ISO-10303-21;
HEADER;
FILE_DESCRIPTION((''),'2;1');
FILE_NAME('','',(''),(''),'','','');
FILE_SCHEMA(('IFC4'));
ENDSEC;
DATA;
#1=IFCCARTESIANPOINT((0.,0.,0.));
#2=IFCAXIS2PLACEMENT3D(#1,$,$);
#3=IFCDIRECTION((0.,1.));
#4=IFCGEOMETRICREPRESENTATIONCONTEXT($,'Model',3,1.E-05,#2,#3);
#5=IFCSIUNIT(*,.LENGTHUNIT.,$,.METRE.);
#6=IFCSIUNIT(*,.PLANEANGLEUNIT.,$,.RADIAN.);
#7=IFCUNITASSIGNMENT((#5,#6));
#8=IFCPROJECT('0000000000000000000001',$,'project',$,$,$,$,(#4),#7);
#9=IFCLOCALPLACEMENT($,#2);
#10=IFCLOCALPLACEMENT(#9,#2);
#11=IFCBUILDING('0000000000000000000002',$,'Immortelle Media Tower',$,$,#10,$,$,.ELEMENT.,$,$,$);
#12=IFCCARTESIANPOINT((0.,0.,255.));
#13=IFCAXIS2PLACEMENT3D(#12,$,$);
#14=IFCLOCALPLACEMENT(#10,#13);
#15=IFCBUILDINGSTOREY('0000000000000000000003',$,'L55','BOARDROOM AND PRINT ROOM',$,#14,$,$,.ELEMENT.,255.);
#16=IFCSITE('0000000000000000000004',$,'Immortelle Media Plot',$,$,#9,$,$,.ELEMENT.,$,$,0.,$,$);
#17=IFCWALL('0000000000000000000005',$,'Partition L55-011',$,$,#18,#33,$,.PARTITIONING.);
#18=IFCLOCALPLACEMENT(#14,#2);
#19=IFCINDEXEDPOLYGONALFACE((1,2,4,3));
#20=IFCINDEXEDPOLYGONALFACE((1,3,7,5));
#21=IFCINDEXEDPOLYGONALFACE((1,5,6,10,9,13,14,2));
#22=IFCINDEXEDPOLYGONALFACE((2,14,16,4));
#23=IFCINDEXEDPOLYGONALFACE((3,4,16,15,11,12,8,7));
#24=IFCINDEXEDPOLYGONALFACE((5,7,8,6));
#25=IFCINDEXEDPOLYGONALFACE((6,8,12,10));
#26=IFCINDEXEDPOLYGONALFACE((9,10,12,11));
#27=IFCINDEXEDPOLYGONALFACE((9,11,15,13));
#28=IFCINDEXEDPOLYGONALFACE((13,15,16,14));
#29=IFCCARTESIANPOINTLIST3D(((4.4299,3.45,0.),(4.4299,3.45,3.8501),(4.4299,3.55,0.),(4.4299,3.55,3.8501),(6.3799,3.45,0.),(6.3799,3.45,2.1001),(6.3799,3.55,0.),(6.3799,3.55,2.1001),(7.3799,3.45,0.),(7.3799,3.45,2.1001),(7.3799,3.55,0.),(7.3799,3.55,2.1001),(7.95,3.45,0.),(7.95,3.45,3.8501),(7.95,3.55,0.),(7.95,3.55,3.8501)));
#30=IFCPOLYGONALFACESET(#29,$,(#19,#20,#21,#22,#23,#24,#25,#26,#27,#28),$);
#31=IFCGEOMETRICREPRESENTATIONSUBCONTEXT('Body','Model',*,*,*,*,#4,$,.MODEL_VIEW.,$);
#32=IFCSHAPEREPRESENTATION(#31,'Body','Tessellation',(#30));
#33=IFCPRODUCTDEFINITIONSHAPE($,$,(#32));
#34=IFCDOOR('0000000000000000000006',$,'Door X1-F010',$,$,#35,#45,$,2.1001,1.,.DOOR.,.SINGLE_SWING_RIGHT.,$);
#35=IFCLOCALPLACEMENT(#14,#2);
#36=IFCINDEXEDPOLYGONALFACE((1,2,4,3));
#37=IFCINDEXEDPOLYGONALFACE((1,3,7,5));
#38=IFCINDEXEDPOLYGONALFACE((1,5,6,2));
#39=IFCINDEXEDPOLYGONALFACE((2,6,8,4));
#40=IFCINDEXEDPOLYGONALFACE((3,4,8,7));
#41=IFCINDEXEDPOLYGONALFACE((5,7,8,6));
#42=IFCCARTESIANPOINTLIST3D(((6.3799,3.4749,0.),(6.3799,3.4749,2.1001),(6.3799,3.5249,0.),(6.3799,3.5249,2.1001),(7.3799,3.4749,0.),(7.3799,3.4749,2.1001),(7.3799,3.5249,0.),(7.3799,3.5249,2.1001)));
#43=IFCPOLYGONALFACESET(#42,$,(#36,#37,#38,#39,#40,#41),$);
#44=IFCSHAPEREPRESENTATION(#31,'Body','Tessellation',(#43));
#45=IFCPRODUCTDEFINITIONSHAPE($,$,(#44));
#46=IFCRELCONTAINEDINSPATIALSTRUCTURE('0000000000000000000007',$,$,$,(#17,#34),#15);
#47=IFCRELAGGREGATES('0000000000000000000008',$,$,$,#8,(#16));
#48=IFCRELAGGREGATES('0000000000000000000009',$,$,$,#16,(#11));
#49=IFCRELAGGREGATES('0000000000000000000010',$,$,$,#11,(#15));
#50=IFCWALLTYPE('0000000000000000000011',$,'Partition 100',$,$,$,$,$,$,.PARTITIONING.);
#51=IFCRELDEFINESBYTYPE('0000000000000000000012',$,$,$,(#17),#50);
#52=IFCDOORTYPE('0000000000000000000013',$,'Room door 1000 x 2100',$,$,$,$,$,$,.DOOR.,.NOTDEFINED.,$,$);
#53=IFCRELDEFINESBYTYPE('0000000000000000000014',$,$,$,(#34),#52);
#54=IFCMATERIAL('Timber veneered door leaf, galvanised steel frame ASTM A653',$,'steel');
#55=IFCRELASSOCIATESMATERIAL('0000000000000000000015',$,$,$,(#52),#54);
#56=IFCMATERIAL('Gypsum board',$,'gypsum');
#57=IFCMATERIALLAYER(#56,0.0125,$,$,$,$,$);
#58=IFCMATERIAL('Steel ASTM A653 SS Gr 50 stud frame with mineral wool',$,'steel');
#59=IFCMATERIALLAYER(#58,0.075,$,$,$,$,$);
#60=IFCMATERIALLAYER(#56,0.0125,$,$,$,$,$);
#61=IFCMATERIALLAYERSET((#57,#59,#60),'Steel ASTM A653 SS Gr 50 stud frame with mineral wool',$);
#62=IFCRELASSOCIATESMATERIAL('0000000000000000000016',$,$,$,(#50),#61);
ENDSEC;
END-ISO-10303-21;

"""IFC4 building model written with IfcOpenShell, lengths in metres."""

from ifc_helpers import new_model, si_unit, direction, frame, frame_2d, origin, place, context, subcontext, project, spatial, rectangle, extrude, material, layer, layer_set, type_object, element, fill, save


model = new_model("IFC4")

# Units and contexts
model_context = context("Model", 3, precision=1e-05, world=origin(), true_north=direction((0.0, 1.0)))
body_context = subcontext(model_context, "Body", "Model", "MODEL_VIEW")
ifc_project = project(units=[si_unit("LENGTHUNIT", "METRE"), si_unit("PLANEANGLEUNIT", "RADIAN")], contexts=[model_context])

# Site, building, storey
site_placement = place(None, origin())
site = spatial("IfcSite", under=ifc_project, at=site_placement, Name="Immortelle Media Plot", CompositionType="ELEMENT", RefElevation=0.0)
building_placement = place(site_placement, origin())
building = spatial("IfcBuilding", under=site, at=building_placement, Name="Immortelle Media Tower", CompositionType="ELEMENT")
storey_placement = place(building_placement, frame((0.0, 0.0, 255.0)))
storey = spatial("IfcBuildingStorey", under=building, at=storey_placement, Name="L55", Description="BOARDROOM AND PRINT ROOM", CompositionType="ELEMENT", Elevation=255.0)

# Shared definitions
ifc_material_1 = material(Name="Steel ASTM A653 SS Gr 50 stud frame with mineral wool", Category="steel")
ifc_material_2 = material(Name="Timber veneered door leaf, galvanised steel frame ASTM A653", Category="steel")
door_type = type_object("IfcDoorType", Name="Room door 1000 x 2100", OperationType="NOTDEFINED", PredefinedType="DOOR", material=ifc_material_2)

# Shared definitions
ifc_material_3 = material(Name="Gypsum board", Category="gypsum")
ifc_layer_1 = layer(ifc_material_3, 0.0125)
ifc_layer_2 = layer(ifc_material_1, 0.075)
ifc_layer_3 = layer(ifc_material_3, 0.0125)
ifc_layer_set_1 = layer_set([ifc_layer_1, ifc_layer_2, ifc_layer_3], Name="Steel ASTM A653 SS Gr 50 stud frame with mineral wool")
wall_type_1 = type_object("IfcWallType", Name="Partition 100", PredefinedType="PARTITIONING", material=ifc_layer_set_1)

# Wall, opening, door
wall_1_placement = place(storey_placement, frame((4.4299, 3.5, 0.0), z_axis=(0.0, 0.0, 1.0), x_axis=(1.0, 0.0, 0.0)))
wall_1 = element("IfcWall", 1, at=wall_1_placement, inside=storey, type_object=wall_type_1, Name="Partition L55-011", PredefinedType="PARTITIONING", context=body_context, shape_type="SweptSolid", body=[
    extrude(rectangle(XDim=3.52, YDim=0.1001, at=frame_2d((1.76, 0.0))), origin(), (0.0, 0.0, 1.0), 3.8501),
])
opening_1_placement = place(wall_1_placement, frame((1.95, 0.0, 0.0)))
opening_1 = element("IfcOpeningElement", 2, at=opening_1_placement, cuts=wall_1, PredefinedType="OPENING", context=body_context, shape_type="SweptSolid", body=[
    extrude(rectangle(XDim=1.0, YDim=2.1001, at=frame_2d((0.5, 1.05))), frame((0.0, 0.0601, 0.0), z_axis=(0.0, -1.0, 0.0), x_axis=(1.0, 0.0, 0.0)), (0.0, 0.0, 1.0), 0.1201),
])
door_1_placement = place(opening_1_placement, origin())
door_1 = element("IfcDoor", 3, at=door_1_placement, inside=storey, type_object=door_type, Name="Door X1-F010", OperationType="SINGLE_SWING_RIGHT", OverallHeight=2.1001, OverallWidth=1.0, PredefinedType="DOOR", context=body_context, shape_type="SweptSolid", body=[
    extrude(rectangle(XDim=1.0, YDim=2.1001, at=frame_2d((0.5, 1.05))), frame((0.0, 0.0249, 0.0), z_axis=(0.0, -1.0, 0.0), x_axis=(1.0, 0.0, 0.0)), (0.0, 0.0, 1.0), 0.05),
])
fill(opening_1, door_1)

save(model, "model.ifc")
